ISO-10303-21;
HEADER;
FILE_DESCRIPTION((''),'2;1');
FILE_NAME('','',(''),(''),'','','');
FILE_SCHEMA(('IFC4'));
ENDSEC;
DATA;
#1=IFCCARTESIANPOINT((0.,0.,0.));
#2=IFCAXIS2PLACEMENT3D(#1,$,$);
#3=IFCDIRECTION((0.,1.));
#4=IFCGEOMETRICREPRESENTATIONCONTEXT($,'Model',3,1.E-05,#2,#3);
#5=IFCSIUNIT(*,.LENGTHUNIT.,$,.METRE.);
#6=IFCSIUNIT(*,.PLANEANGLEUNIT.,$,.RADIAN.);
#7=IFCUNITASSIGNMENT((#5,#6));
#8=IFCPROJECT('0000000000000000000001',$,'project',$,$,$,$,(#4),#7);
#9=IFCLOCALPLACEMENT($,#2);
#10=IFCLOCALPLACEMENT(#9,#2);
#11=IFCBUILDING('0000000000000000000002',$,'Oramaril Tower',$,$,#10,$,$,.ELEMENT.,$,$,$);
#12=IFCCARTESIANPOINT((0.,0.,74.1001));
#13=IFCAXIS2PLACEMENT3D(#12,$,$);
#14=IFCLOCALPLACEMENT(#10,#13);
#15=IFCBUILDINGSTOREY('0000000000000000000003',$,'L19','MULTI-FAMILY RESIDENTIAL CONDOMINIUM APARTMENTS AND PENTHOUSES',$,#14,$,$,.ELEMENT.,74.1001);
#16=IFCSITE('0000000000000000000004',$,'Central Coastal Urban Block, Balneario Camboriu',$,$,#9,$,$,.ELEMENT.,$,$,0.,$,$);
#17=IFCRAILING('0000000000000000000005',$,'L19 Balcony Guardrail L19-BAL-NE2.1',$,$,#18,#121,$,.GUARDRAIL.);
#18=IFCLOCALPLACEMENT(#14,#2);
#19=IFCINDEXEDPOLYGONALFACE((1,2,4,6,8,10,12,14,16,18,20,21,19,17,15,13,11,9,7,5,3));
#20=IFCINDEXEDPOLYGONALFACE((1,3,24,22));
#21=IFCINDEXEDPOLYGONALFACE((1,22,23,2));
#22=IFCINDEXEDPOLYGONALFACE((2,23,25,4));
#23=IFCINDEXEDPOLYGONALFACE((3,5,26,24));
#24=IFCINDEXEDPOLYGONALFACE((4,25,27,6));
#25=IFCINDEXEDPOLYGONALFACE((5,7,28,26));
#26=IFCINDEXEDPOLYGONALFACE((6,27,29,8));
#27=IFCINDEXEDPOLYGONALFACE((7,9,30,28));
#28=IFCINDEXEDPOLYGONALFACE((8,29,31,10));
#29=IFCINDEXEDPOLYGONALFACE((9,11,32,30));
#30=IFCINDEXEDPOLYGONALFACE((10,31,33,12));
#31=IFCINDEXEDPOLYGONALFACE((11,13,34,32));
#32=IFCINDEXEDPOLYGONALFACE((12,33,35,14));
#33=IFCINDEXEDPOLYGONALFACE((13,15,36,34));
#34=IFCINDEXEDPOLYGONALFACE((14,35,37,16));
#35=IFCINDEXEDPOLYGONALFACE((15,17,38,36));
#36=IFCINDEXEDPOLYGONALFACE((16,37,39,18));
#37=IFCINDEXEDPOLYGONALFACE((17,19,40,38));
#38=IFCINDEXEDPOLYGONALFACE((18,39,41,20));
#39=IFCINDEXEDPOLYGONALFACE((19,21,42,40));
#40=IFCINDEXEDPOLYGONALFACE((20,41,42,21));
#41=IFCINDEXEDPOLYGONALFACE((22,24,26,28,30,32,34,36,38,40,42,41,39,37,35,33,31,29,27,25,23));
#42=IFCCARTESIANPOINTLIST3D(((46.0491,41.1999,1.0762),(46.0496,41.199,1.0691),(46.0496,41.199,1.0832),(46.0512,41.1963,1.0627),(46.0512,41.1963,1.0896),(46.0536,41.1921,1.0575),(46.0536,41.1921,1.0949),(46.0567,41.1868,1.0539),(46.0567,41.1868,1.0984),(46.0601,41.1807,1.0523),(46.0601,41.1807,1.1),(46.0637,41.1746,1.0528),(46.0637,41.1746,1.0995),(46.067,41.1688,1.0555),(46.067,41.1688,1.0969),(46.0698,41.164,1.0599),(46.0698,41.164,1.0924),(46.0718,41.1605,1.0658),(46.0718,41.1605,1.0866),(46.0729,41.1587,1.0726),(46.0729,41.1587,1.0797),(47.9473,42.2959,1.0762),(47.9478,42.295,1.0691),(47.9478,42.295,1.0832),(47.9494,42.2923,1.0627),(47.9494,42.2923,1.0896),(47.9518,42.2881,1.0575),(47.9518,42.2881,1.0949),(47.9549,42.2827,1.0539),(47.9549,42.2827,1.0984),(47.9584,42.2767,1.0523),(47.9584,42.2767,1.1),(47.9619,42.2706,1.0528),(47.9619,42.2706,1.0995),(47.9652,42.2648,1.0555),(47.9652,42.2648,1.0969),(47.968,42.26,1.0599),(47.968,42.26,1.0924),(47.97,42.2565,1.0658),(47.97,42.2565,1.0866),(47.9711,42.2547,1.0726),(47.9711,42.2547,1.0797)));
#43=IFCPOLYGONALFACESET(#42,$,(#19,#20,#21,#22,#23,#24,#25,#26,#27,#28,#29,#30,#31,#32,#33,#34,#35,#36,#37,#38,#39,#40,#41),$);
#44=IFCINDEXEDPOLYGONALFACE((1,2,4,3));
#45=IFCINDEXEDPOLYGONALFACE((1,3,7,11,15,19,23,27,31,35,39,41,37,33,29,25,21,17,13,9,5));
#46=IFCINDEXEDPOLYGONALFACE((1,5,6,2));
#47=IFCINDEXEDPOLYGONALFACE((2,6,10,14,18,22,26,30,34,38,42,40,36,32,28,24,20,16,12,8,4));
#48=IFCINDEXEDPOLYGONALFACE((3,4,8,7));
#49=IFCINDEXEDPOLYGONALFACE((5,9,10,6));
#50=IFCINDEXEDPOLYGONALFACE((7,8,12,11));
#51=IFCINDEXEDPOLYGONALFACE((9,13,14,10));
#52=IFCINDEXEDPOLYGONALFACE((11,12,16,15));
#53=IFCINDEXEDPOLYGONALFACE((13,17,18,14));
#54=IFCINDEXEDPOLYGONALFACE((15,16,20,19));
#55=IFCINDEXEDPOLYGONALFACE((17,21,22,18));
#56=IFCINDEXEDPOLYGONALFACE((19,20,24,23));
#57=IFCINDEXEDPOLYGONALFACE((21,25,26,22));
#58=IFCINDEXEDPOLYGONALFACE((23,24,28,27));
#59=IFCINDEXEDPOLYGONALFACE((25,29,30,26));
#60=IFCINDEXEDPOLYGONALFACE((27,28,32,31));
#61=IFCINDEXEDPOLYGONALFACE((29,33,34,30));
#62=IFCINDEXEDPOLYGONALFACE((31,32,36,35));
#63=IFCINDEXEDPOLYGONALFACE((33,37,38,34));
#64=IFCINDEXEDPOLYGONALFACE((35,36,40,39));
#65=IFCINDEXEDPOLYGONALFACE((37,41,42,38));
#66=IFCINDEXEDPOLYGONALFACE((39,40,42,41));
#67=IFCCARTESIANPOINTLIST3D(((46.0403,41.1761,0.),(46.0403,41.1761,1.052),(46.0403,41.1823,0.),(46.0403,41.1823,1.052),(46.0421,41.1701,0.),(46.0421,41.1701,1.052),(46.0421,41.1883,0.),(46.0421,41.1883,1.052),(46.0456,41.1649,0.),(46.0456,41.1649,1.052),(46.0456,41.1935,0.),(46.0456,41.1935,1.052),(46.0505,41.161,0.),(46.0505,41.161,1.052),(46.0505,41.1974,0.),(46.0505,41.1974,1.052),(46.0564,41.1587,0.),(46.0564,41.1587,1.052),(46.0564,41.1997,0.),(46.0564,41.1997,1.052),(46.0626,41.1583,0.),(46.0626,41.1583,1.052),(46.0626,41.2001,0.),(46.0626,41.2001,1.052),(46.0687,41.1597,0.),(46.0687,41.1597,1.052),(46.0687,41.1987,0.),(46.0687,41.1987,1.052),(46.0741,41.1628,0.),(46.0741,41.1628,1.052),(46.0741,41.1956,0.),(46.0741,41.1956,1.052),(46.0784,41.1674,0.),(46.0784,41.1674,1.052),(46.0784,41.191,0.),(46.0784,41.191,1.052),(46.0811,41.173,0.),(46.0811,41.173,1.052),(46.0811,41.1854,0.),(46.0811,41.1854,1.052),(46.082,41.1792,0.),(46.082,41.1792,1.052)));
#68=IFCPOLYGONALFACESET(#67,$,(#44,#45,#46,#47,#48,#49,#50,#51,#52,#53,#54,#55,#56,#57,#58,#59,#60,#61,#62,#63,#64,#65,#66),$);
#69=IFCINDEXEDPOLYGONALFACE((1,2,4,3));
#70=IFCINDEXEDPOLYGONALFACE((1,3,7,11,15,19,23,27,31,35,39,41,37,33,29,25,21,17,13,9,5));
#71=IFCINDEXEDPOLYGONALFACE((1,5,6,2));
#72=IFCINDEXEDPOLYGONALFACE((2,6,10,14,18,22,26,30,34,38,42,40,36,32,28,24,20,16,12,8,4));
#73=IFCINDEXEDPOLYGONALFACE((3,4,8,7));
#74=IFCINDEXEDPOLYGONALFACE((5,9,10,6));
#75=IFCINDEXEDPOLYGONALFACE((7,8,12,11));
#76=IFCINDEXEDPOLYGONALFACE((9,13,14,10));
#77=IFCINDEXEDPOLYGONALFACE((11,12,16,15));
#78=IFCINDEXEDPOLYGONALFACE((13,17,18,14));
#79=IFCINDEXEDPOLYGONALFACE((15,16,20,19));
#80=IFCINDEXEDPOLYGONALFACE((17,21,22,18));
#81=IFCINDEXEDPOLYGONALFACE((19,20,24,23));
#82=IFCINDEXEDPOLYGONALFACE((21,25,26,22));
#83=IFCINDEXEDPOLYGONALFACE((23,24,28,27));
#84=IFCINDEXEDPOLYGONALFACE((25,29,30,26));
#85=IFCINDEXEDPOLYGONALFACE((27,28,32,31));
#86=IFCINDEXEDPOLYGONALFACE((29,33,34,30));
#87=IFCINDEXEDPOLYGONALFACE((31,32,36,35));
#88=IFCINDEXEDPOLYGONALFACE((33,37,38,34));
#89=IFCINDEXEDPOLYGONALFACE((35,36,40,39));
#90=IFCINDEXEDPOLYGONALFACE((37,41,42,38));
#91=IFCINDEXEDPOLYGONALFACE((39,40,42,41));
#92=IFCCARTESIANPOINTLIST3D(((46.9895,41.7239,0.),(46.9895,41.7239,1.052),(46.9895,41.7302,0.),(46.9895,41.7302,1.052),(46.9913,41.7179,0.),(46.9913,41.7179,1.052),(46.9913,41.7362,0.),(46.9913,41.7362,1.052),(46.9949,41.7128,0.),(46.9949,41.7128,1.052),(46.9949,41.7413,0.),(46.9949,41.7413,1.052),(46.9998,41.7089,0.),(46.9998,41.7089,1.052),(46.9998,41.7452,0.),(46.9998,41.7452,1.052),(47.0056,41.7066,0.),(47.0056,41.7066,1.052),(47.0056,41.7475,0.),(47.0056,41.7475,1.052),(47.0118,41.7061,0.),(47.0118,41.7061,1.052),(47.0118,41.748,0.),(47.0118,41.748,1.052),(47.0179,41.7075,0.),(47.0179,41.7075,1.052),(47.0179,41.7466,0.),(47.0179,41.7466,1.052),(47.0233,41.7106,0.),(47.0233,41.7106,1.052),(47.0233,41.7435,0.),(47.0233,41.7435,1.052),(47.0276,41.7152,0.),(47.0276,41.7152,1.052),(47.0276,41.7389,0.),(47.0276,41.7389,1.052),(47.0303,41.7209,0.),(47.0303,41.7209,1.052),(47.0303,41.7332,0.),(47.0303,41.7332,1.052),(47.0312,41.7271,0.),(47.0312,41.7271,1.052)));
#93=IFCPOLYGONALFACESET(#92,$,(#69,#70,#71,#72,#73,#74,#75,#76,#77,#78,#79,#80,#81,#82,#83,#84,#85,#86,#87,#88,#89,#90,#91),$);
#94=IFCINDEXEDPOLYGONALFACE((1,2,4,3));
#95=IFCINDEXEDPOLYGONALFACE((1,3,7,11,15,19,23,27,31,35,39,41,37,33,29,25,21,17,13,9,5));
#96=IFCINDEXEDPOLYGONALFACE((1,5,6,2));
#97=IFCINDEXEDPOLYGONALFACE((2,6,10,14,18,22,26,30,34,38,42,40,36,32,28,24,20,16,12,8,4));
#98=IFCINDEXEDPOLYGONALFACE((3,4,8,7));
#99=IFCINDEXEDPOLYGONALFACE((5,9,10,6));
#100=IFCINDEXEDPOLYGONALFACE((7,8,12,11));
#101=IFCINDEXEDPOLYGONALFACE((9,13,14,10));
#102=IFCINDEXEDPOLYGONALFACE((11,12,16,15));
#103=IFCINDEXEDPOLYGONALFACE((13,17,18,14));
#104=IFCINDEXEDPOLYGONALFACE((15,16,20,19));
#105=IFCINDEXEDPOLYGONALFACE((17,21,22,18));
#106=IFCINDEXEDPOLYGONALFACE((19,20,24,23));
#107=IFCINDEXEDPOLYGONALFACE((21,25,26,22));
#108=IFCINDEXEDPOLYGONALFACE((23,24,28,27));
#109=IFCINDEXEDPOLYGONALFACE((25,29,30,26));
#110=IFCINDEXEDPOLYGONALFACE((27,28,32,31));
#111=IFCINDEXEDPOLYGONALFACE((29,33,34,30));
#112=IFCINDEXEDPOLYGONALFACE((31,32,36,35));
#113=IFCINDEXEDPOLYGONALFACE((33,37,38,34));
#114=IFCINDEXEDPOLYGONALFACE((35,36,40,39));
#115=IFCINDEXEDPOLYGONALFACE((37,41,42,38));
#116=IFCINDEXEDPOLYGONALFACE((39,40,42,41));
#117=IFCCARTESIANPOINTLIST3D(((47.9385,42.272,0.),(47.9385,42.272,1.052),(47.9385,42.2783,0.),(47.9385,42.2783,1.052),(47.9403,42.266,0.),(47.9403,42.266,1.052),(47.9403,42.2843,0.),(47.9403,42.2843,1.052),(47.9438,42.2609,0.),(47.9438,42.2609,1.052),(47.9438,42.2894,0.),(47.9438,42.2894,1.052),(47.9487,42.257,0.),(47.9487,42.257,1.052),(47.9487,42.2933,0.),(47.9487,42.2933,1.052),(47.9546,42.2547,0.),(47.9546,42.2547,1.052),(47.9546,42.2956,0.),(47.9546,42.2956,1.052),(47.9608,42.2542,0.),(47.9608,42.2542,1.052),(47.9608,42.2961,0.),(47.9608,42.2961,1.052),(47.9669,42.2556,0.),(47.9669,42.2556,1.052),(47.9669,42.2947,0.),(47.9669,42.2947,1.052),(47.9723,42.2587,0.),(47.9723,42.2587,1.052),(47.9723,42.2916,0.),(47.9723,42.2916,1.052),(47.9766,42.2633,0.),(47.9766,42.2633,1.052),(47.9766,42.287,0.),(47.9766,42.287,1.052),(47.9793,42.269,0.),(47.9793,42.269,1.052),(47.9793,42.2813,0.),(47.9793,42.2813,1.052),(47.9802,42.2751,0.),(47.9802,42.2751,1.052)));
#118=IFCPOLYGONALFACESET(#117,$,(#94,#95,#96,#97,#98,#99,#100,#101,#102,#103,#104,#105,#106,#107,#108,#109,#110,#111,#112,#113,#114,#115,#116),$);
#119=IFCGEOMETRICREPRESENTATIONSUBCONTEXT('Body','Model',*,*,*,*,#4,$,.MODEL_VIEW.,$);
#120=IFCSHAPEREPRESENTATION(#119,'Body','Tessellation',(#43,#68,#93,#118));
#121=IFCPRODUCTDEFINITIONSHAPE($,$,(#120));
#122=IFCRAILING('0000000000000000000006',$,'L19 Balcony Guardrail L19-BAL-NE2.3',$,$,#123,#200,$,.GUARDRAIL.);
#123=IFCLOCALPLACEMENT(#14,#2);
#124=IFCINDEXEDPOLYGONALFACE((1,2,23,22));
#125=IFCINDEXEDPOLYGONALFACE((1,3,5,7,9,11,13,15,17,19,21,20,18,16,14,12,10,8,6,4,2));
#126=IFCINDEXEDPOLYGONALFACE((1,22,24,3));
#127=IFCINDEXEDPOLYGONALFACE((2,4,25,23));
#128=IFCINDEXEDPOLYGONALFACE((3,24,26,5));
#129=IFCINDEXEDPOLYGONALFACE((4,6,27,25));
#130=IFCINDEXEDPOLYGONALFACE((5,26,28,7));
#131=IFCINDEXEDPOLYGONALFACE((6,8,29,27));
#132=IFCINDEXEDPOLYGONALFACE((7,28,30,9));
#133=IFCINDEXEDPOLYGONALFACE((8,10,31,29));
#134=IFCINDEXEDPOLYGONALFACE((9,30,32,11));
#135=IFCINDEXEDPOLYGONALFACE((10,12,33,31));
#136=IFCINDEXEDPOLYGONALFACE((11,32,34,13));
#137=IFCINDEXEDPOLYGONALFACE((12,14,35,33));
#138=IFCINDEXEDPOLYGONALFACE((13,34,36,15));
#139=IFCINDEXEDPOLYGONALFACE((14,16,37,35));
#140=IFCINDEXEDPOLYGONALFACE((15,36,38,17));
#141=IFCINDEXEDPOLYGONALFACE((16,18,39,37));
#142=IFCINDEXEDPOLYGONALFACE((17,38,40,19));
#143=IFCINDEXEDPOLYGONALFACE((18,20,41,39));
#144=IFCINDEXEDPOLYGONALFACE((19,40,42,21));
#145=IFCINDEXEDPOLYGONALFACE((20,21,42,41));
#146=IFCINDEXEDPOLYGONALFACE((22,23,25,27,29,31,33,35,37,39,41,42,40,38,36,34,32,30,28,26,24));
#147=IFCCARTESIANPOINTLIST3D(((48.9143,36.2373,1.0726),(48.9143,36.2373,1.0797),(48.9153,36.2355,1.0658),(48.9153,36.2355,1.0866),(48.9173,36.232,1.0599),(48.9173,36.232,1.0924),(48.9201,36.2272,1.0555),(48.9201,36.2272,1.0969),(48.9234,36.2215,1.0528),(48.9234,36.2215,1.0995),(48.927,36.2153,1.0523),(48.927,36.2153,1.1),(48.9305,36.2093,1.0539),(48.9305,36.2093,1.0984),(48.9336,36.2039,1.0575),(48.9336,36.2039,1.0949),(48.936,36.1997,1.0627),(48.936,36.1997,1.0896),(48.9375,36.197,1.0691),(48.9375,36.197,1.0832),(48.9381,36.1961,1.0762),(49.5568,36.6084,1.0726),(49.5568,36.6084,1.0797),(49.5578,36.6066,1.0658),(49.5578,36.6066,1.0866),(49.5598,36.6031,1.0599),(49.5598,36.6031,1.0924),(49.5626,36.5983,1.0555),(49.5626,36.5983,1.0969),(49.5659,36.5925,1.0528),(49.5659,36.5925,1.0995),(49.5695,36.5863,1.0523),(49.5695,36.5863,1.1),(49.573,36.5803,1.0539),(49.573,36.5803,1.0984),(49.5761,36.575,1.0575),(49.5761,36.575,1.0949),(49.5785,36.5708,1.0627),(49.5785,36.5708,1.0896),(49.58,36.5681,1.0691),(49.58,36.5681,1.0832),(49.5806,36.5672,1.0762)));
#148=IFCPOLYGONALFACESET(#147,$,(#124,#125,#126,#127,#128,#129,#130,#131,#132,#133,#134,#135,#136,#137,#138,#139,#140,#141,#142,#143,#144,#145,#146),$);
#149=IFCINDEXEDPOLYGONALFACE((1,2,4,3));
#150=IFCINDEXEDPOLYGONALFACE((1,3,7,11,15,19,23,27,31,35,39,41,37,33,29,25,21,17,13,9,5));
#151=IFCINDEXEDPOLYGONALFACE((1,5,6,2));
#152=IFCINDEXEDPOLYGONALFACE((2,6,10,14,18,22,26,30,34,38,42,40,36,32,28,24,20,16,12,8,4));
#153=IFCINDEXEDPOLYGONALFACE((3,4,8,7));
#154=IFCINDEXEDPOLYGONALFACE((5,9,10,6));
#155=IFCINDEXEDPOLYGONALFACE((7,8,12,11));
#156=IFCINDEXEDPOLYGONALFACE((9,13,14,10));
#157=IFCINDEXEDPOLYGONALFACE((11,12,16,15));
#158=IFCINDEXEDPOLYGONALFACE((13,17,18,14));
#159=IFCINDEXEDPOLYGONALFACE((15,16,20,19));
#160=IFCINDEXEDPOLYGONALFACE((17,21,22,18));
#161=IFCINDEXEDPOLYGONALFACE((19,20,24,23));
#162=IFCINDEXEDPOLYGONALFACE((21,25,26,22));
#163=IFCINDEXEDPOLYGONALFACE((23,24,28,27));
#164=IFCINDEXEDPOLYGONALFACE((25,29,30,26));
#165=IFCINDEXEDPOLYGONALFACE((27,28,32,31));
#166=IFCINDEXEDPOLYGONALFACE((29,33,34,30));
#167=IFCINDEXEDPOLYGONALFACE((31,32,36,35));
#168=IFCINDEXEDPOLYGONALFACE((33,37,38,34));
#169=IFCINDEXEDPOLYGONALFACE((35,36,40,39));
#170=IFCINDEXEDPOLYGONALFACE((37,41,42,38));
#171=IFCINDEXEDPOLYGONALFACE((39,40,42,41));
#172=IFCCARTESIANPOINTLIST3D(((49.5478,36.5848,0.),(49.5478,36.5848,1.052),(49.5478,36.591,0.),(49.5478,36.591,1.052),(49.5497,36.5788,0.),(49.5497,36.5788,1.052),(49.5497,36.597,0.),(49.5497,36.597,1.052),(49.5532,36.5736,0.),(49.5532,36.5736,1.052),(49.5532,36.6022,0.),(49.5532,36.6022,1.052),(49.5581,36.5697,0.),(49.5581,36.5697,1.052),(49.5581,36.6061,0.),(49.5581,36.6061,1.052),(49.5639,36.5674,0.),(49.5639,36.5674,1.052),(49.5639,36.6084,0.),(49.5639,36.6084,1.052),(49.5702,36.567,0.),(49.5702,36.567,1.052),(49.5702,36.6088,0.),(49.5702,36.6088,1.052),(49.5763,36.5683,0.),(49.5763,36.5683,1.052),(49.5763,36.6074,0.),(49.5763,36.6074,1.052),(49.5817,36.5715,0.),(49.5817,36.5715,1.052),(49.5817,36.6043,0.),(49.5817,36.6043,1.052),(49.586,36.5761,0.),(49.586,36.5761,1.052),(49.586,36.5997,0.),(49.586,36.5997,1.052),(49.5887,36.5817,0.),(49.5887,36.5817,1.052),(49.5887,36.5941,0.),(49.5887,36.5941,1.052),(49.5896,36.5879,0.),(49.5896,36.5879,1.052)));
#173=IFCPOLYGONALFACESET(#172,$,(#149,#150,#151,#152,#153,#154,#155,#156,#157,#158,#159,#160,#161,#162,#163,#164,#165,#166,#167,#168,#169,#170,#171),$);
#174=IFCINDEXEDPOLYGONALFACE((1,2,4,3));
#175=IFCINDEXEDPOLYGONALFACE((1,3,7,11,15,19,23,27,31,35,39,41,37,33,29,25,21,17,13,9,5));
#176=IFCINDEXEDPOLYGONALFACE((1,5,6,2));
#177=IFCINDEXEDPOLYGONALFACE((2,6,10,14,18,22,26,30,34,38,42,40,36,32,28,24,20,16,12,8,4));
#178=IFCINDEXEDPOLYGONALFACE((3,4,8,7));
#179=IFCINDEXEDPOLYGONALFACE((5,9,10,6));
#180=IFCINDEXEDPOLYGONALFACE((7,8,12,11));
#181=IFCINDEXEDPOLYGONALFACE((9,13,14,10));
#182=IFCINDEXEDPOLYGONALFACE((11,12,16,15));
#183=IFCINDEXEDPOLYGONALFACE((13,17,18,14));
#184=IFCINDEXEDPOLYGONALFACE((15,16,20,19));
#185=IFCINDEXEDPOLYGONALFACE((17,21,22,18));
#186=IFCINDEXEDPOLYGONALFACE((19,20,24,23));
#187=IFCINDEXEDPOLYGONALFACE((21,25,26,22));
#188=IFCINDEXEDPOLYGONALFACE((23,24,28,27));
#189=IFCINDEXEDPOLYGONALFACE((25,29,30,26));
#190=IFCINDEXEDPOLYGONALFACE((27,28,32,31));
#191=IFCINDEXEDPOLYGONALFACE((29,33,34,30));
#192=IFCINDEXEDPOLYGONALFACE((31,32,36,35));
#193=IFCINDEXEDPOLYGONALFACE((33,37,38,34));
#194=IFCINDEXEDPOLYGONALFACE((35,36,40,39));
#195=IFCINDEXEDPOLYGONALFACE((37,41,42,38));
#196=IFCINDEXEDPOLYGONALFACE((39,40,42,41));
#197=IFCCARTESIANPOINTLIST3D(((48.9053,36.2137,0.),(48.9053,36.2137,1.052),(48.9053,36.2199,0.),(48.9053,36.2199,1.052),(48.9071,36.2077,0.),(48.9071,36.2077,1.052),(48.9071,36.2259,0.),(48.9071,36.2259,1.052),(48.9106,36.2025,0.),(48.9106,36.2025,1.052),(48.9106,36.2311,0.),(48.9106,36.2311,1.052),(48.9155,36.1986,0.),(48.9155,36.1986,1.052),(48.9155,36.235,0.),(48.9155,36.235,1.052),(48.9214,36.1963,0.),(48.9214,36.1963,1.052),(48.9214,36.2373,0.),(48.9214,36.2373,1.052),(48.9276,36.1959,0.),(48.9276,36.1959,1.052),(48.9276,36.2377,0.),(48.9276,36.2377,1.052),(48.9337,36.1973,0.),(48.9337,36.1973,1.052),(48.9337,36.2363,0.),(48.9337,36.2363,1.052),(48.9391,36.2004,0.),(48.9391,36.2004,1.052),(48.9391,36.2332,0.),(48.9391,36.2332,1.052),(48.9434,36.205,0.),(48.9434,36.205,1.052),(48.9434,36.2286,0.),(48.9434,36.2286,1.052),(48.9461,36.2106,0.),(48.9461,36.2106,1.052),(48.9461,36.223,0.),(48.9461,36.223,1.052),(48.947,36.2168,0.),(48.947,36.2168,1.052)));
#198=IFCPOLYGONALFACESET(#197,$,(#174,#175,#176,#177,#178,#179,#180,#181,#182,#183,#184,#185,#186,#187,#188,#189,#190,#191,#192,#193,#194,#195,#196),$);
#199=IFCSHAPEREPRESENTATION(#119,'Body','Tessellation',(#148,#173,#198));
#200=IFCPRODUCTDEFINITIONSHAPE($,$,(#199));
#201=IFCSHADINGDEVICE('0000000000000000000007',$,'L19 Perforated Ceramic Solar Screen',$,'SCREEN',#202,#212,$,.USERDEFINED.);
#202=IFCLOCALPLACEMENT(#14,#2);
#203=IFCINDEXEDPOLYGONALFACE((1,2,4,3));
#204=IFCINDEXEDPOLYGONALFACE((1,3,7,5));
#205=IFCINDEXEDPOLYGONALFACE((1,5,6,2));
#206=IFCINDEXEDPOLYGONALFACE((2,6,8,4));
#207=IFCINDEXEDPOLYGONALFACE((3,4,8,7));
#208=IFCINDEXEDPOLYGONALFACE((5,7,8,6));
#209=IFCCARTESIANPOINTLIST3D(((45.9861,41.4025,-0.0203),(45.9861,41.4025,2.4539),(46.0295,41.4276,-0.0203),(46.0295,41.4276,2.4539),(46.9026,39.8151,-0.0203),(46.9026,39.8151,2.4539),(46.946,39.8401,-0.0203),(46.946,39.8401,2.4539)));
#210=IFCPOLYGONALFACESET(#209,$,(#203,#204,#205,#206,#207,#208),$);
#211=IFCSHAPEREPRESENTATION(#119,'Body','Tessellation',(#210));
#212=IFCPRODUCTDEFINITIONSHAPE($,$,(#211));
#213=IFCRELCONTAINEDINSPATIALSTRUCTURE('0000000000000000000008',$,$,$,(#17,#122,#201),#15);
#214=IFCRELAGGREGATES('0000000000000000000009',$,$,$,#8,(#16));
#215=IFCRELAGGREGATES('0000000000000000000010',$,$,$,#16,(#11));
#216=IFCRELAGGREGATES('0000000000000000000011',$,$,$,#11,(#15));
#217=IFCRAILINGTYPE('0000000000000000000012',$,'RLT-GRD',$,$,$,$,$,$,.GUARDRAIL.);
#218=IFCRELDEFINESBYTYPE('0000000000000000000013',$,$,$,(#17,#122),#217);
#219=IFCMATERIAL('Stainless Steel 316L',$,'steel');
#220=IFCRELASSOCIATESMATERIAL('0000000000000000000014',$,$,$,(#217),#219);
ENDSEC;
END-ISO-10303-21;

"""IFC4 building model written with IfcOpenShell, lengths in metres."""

from ifc_helpers import new_model, si_unit, direction, frame, origin, origin_2d, place, context, subcontext, project, spatial, rectangle, circle, extrude, material, type_object, element, save


model = new_model("IFC4")

# Units and contexts
model_context = context("Model", 3, precision=1e-05, world=origin(), true_north=direction((0.0, 1.0)))
body_context = subcontext(model_context, "Body", "Model", "MODEL_VIEW")
ifc_project = project(units=[si_unit("LENGTHUNIT", "METRE"), si_unit("PLANEANGLEUNIT", "RADIAN")], contexts=[model_context])

# Site, building, storey
site_placement = place(None, origin())
site = spatial("IfcSite", under=ifc_project, at=site_placement, Name="Central Coastal Urban Block, Balneario Camboriu", CompositionType="ELEMENT", RefElevation=0.0)
building_placement = place(site_placement, origin())
building = spatial("IfcBuilding", under=site, at=building_placement, Name="Oramaril Tower", CompositionType="ELEMENT")
storey_placement = place(building_placement, frame((0.0, 0.0, 74.1001)))
storey = spatial("IfcBuildingStorey", under=building, at=storey_placement, Name="L19", Description="MULTI-FAMILY RESIDENTIAL CONDOMINIUM APARTMENTS AND PENTHOUSES", CompositionType="ELEMENT", Elevation=74.1001)

# Railings
ifc_material_1 = material(Name="Stainless Steel 316L", Category="steel")
railing_type = type_object("IfcRailingType", Name="RLT-GRD", PredefinedType="GUARDRAIL", material=ifc_material_1)
railing_1_placement = place(storey_placement, frame((46.061, 41.1792, 0.0)))
element("IfcRailing", 1, at=railing_1_placement, inside=storey, type_object=railing_type, Name="L19 Balcony Guardrail L19-BAL-NE2.1", PredefinedType="GUARDRAIL", context=body_context, shape_type="SweptSolid", body=[
    extrude(circle(Radius=0.0239, at=origin_2d()), frame((0.0, 0.0, 1.0762), z_axis=(0.866021, 0.500008, 0.0), x_axis=(-0.500008, 0.866021, 0.0)), (0.0, 0.0, 1.0), 2.1919),
    extrude(circle(Radius=0.021, at=origin_2d()), origin(), (0.0, 0.0, 1.0), 1.052),
    extrude(circle(Radius=0.021, at=origin_2d()), frame((0.9492, 0.5479, 0.0)), (0.0, 0.0, 1.0), 1.052),
    extrude(circle(Radius=0.021, at=origin_2d()), frame((1.8982, 1.0959, 0.0)), (0.0, 0.0, 1.0), 1.052),
])
railing_2_placement = place(storey_placement, frame((49.5686, 36.5879, 0.0)))
element("IfcRailing", 2, at=railing_2_placement, inside=storey, type_object=railing_type, Name="L19 Balcony Guardrail L19-BAL-NE2.3", PredefinedType="GUARDRAIL", context=body_context, shape_type="SweptSolid", body=[
    extrude(circle(Radius=0.0239, at=origin_2d()), frame((0.0, 0.0, 1.0762), z_axis=(-0.865966, -0.500102, 0.0), x_axis=(0.500102, -0.865966, 0.0)), (0.0, 0.0, 1.0), 0.7419),
    extrude(circle(Radius=0.021, at=origin_2d()), origin(), (0.0, 0.0, 1.0), 1.052),
    extrude(circle(Radius=0.021, at=origin_2d()), frame((-0.6426, -0.3711, 0.0)), (0.0, 0.0, 1.0), 1.052),
])

# Shading device
for number, where, z_axis, x_axis, name in (
    (3, (46.4661, 40.6213, -0.0203), (0.0, 0.0, 1.0), (-0.5, 0.866025, 0.0), "L19 Perforated Ceramic Solar Screen"),
):
    element("IfcShadingDevice", number, at=place(storey_placement, frame(where, z_axis=z_axis, x_axis=x_axis)), inside=storey, Name=name, ObjectType="SCREEN", PredefinedType="USERDEFINED", context=body_context, shape_type="SweptSolid", body=[
        extrude(rectangle(XDim=1.833, YDim=0.05, at=origin_2d()), origin(), (0.0, 0.0, 1.0), 2.4741),
    ])

save(model, "model.ifc")
